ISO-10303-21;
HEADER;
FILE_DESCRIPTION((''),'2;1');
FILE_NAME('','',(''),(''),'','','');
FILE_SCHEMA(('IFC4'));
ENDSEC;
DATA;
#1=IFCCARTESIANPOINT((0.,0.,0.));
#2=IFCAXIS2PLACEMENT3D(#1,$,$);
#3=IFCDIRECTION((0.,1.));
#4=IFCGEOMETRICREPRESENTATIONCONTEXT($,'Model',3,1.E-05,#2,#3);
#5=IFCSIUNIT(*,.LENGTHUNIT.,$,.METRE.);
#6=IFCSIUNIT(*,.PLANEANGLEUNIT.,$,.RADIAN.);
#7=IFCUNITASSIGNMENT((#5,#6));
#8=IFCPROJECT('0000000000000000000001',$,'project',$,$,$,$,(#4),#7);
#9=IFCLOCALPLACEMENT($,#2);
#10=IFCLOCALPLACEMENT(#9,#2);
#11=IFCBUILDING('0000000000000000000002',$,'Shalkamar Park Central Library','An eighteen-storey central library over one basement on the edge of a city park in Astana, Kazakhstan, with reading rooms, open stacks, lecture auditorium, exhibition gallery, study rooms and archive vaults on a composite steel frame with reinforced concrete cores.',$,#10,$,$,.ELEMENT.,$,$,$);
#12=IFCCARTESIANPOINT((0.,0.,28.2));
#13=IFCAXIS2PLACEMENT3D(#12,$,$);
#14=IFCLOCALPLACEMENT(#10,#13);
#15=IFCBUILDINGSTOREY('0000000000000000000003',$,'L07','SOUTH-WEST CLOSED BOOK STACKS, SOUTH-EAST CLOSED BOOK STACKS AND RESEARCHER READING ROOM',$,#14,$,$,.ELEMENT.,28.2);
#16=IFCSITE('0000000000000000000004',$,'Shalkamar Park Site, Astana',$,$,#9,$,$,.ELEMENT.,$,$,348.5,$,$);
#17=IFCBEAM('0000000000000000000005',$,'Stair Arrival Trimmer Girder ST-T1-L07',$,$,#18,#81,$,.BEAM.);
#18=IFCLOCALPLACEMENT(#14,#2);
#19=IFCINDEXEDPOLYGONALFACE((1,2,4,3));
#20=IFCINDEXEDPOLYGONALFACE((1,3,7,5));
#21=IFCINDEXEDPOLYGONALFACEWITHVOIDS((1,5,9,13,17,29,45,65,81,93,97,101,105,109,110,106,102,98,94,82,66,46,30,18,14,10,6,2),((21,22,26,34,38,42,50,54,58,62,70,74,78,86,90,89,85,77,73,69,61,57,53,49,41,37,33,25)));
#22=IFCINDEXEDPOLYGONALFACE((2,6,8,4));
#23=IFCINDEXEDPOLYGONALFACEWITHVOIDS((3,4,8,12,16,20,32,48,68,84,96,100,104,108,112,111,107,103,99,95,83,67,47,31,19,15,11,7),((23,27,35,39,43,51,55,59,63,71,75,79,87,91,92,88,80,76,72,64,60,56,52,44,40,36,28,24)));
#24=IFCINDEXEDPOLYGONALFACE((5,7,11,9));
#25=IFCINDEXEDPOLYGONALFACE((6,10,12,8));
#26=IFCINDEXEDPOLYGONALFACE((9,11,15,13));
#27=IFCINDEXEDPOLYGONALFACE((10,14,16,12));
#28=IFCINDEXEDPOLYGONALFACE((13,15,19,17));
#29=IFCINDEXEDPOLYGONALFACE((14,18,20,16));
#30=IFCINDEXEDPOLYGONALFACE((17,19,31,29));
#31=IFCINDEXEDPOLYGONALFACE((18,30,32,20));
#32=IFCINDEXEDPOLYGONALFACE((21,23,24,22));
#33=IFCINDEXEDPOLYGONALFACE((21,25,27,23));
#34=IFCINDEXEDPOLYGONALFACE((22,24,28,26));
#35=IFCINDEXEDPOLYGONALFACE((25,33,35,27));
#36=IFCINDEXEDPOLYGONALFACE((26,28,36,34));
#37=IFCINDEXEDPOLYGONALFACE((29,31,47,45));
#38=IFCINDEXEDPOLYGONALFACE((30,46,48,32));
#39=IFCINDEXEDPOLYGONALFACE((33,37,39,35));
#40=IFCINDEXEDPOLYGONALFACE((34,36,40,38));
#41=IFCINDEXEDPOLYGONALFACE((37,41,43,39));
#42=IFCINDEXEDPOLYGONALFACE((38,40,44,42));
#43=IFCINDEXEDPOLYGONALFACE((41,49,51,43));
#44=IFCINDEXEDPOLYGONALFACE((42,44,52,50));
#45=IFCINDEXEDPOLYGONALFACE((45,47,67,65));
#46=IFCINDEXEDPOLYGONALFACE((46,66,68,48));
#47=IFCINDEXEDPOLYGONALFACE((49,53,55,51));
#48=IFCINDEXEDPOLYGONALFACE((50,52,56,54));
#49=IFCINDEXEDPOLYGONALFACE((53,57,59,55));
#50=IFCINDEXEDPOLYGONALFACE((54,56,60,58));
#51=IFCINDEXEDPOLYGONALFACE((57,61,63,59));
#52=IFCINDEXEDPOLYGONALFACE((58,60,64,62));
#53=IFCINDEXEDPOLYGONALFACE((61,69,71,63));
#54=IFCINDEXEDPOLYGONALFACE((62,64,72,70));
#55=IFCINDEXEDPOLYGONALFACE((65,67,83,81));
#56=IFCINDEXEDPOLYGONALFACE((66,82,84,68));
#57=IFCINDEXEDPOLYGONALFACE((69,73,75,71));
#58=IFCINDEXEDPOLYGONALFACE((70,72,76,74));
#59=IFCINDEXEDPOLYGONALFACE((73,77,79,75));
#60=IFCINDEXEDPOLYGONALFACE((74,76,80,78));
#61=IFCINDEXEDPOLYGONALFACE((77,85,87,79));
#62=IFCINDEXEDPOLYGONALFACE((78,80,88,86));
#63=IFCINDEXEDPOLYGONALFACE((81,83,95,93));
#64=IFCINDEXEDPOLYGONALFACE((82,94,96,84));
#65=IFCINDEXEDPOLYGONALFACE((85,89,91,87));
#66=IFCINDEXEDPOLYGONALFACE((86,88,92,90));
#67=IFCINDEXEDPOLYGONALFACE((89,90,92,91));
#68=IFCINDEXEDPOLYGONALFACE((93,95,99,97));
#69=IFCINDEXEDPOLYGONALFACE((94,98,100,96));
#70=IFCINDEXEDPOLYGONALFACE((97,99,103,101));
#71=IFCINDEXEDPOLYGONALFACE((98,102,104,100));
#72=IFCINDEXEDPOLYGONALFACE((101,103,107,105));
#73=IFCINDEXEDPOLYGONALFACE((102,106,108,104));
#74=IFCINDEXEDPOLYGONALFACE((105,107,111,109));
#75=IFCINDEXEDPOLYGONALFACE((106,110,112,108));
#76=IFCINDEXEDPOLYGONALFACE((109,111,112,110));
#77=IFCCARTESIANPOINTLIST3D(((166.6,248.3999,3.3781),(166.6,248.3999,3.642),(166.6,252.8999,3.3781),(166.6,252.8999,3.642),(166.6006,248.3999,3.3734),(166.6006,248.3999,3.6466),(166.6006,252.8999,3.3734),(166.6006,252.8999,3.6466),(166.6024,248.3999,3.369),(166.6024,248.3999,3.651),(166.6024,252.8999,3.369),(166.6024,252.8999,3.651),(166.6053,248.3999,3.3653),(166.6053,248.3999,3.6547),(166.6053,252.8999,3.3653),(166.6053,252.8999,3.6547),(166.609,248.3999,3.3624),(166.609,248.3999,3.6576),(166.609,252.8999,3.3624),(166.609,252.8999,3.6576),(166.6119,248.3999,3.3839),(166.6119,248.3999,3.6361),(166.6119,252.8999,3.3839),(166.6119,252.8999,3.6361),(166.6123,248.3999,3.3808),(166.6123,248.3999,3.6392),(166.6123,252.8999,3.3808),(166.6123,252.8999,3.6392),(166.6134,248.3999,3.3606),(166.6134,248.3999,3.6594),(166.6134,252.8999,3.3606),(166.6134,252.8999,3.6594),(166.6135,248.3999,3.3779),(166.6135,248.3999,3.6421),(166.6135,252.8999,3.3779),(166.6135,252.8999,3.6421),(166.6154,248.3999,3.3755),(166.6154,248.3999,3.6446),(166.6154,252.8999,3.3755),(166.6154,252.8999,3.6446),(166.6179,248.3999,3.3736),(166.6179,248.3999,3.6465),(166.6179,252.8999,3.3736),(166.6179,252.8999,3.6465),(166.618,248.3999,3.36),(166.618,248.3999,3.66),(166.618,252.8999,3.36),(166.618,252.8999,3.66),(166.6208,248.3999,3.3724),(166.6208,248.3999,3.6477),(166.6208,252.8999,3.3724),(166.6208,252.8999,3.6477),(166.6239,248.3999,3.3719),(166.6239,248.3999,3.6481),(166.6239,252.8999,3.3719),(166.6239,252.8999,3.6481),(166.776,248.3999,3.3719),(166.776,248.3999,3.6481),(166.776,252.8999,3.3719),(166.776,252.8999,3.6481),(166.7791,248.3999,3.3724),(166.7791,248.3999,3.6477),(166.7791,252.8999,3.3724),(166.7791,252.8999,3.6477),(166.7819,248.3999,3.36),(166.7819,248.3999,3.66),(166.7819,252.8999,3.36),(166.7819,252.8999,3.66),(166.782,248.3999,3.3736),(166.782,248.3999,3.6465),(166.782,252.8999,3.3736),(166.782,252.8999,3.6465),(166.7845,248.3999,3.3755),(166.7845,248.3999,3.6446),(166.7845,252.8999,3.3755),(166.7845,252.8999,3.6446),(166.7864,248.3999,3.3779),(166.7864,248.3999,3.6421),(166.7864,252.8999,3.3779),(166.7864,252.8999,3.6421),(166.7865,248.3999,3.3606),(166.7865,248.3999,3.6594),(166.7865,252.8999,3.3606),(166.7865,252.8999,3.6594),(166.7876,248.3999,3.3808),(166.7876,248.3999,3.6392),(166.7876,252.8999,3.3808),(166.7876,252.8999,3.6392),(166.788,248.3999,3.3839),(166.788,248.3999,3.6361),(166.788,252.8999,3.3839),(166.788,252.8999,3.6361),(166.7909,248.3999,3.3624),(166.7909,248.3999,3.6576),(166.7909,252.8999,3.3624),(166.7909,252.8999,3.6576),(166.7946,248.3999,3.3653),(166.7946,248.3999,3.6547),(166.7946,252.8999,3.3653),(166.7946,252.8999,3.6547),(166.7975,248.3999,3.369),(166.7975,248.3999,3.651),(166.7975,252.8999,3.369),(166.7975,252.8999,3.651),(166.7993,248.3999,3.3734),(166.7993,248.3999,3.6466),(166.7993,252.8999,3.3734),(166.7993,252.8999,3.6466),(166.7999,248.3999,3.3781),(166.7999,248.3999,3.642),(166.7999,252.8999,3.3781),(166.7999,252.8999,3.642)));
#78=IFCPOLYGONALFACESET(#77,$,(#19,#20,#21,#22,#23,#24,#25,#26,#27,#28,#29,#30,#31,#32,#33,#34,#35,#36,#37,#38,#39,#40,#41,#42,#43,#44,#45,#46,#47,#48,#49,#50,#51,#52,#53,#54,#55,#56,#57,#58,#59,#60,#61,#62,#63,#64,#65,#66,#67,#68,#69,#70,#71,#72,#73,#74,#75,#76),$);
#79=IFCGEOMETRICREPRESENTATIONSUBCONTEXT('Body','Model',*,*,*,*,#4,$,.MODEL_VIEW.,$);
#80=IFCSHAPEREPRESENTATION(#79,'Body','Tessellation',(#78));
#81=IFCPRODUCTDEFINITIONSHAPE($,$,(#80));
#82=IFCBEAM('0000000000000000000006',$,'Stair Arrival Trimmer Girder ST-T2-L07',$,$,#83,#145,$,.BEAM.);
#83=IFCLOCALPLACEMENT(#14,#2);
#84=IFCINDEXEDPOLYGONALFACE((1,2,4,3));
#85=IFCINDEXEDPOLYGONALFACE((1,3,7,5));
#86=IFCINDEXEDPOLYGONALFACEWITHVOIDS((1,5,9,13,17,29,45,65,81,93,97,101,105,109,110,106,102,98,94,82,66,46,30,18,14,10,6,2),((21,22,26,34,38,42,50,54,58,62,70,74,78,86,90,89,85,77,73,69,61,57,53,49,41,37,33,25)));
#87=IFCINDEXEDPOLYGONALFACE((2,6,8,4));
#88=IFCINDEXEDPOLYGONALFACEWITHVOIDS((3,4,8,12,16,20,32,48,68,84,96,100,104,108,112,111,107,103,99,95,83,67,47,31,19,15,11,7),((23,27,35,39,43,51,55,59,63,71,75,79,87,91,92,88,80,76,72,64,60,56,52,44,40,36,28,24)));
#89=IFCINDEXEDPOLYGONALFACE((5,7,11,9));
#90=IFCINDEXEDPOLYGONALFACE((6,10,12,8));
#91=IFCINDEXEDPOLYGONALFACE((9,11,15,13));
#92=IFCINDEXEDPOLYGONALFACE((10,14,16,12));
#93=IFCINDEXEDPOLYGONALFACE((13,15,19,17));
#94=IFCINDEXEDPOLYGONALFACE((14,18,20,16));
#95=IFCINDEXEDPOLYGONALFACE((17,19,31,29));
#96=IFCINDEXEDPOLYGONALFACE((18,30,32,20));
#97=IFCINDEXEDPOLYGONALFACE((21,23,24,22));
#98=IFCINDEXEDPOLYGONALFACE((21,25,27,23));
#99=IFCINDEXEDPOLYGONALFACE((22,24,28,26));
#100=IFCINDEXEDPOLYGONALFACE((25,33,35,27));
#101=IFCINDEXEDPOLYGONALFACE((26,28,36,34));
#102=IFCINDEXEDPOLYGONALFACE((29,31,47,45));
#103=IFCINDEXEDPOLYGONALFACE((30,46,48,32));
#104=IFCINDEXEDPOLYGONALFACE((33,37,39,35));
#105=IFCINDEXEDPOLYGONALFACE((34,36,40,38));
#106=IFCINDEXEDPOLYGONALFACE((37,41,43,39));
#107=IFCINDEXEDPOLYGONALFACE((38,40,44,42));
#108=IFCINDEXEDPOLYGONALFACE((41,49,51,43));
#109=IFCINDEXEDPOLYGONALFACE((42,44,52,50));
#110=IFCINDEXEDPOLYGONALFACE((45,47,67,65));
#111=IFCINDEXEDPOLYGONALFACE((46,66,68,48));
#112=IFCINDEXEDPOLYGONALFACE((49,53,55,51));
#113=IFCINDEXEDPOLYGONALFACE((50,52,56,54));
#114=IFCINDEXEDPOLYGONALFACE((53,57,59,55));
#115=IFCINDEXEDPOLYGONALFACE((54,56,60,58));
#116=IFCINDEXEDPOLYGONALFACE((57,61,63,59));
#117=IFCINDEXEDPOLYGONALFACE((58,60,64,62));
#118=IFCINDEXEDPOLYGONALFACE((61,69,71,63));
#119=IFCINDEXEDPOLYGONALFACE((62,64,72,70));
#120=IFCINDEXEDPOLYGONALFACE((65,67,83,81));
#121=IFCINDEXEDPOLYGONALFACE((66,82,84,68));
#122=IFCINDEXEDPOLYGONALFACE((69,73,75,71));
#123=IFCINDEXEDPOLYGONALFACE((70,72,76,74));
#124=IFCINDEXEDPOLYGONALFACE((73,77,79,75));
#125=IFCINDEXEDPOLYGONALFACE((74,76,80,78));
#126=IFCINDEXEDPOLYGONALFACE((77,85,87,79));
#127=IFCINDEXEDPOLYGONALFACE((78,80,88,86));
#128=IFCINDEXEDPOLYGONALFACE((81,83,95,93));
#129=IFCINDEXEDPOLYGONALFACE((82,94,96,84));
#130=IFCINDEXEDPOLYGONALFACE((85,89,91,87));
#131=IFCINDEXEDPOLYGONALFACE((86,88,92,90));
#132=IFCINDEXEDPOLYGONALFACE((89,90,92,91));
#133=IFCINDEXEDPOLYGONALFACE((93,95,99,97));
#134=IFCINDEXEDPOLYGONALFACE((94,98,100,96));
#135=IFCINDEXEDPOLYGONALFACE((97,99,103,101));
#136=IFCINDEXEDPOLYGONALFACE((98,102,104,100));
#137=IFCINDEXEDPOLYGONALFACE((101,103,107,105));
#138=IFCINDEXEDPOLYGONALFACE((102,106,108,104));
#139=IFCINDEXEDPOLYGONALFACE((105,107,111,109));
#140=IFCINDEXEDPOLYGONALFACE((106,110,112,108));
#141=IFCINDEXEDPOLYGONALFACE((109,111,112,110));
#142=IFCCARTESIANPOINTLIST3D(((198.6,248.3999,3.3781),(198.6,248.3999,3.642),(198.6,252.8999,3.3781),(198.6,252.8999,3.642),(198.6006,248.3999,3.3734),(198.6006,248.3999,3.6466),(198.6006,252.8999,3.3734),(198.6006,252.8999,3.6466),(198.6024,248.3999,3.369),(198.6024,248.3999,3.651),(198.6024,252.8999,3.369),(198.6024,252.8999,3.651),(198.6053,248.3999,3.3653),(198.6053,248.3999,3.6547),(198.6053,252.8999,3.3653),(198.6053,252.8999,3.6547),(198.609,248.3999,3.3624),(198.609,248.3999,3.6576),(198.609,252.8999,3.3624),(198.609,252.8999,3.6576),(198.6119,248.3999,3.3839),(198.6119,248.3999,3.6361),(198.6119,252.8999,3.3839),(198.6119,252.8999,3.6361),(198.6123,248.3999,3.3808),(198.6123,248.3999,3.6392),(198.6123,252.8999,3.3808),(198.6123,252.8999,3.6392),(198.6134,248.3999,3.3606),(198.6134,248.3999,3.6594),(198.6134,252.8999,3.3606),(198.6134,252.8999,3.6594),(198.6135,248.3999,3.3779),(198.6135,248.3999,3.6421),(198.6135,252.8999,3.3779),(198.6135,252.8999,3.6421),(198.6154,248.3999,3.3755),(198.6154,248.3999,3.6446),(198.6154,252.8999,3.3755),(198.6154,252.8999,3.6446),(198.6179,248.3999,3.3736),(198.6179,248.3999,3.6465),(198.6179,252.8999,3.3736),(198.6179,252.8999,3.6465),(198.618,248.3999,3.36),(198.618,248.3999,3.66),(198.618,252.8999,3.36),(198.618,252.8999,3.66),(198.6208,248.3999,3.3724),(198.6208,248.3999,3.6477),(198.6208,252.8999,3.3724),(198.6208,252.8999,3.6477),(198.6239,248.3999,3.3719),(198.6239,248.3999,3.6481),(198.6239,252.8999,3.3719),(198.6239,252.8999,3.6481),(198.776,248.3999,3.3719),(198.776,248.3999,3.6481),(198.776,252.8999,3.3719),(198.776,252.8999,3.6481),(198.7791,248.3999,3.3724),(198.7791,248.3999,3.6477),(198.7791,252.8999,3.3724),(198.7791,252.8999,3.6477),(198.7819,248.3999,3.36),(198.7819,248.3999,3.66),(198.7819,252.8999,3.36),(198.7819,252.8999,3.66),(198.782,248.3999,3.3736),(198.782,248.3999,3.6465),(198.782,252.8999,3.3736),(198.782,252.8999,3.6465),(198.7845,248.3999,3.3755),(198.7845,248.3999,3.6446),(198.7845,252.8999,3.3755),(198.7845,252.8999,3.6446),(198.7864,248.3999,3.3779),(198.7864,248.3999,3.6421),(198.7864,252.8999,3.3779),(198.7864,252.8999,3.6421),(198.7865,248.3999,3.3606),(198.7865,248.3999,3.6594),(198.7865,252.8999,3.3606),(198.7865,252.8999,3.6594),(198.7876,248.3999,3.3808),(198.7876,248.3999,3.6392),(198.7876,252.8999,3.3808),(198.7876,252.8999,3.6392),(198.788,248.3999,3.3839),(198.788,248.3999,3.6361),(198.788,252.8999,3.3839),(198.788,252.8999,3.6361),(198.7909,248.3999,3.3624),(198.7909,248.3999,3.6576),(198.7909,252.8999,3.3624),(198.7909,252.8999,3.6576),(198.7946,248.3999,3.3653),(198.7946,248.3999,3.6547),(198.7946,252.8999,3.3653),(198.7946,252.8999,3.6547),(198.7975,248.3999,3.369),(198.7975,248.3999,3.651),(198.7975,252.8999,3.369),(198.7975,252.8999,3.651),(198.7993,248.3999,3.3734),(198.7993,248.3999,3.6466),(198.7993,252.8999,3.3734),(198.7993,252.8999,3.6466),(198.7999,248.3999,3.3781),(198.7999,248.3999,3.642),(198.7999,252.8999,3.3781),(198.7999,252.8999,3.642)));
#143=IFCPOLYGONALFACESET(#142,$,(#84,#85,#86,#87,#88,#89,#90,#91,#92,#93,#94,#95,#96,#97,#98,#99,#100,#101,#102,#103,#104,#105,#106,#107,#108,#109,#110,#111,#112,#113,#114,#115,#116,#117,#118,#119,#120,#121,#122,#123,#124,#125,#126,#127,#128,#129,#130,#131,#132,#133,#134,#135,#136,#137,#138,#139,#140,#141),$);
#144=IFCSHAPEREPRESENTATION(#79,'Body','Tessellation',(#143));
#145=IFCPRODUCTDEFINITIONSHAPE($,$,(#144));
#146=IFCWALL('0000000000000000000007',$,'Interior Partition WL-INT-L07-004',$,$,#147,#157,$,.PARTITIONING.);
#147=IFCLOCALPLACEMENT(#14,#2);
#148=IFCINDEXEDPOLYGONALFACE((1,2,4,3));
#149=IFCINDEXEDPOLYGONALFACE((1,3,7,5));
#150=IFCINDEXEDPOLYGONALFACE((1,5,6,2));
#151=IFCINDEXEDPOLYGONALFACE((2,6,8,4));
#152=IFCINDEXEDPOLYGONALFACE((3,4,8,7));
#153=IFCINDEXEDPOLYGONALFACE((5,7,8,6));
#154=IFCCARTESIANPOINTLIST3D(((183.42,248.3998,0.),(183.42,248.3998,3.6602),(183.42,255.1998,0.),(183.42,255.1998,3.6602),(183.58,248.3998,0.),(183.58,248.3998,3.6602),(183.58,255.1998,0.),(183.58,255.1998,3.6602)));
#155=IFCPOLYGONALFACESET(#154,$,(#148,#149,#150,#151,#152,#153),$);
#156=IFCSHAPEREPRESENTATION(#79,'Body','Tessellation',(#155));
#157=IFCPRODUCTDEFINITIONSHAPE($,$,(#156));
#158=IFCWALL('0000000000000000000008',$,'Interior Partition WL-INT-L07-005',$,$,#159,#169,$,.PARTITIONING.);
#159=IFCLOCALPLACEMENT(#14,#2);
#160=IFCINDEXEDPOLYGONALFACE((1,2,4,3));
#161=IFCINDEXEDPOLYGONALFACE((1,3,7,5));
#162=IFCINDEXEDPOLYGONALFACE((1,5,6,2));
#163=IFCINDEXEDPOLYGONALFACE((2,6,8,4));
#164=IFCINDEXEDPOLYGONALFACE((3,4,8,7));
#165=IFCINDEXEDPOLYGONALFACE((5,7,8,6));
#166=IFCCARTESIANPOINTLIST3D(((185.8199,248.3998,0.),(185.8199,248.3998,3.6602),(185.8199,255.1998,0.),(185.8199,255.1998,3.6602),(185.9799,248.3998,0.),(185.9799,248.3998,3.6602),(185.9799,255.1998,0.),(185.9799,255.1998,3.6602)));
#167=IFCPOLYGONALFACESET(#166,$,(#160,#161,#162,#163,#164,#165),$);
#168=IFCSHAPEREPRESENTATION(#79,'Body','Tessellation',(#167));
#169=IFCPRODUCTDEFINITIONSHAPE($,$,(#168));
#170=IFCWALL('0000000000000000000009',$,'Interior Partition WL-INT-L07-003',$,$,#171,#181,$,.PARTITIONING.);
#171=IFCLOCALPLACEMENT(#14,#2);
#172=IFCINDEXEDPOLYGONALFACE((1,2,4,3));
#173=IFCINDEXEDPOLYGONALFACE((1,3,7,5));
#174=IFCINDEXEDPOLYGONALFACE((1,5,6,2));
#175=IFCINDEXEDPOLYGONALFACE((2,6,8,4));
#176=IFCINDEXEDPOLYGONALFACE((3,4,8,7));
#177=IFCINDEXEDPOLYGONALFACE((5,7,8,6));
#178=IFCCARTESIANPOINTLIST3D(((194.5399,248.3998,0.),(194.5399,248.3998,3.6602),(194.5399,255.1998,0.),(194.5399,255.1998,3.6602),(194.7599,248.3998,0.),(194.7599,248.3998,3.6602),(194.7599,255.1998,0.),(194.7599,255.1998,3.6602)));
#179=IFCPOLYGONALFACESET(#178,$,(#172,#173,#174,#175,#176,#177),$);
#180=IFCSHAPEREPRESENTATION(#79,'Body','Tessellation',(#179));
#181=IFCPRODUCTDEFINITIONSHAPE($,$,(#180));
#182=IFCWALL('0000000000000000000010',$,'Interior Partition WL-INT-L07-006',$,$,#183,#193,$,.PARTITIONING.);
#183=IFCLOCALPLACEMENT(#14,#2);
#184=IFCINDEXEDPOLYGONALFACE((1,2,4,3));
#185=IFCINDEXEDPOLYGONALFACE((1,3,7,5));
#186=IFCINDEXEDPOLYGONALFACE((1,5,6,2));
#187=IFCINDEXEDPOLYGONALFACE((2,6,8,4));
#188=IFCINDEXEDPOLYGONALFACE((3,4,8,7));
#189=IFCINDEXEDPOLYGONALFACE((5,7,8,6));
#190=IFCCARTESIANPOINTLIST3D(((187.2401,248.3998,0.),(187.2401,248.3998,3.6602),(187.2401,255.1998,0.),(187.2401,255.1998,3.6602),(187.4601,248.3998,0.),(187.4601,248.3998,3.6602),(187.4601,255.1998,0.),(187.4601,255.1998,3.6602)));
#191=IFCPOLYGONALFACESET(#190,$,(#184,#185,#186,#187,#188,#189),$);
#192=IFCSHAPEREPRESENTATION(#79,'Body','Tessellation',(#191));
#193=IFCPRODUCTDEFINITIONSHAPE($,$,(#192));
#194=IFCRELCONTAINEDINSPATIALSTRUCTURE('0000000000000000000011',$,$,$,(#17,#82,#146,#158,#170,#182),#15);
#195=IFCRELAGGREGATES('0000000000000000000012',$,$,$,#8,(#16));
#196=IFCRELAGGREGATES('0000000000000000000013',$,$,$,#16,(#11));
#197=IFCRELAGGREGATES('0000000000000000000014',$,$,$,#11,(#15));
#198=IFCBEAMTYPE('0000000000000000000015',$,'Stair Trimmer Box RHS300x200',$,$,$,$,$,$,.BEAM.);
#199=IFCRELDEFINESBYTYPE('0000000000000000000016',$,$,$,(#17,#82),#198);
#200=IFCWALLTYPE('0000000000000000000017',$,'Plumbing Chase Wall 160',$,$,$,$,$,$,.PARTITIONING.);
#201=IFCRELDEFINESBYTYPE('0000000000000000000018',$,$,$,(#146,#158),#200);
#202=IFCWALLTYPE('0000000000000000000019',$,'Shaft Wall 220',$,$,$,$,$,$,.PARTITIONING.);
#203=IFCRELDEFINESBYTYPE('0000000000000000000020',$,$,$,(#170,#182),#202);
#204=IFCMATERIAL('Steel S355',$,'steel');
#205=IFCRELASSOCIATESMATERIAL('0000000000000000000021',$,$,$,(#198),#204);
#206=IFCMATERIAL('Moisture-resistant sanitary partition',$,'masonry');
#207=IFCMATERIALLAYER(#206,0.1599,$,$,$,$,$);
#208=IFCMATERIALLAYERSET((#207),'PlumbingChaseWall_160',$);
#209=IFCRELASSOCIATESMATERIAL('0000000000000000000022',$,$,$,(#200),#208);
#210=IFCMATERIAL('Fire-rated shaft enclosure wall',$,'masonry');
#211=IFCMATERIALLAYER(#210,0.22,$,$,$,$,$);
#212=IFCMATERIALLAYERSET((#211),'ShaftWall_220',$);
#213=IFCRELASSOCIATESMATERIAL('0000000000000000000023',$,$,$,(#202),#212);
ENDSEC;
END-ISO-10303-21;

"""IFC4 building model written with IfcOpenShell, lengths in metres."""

from ifc_helpers import new_model, si_unit, direction, frame, frame_2d, origin, origin_2d, place, context, subcontext, project, spatial, rectangle, hollow_rectangle, extrude, material, layer, layer_set, material_profile, profile_set, type_object, element, save


model = new_model("IFC4")

# Units and contexts
model_context = context("Model", 3, precision=1e-05, world=origin(), true_north=direction((0.0, 1.0)))
body_context = subcontext(model_context, "Body", "Model", "MODEL_VIEW")
ifc_project = project(units=[si_unit("LENGTHUNIT", "METRE"), si_unit("PLANEANGLEUNIT", "RADIAN")], contexts=[model_context])

# Site, building, storey
site_placement = place(None, origin())
site = spatial("IfcSite", under=ifc_project, at=site_placement, Name="Shalkamar Park Site, Astana", CompositionType="ELEMENT", RefElevation=348.5)
building_placement = place(site_placement, origin())
building = spatial("IfcBuilding", under=site, at=building_placement, Name="Shalkamar Park Central Library", Description="An eighteen-storey central library over one basement on the edge of a city park in Astana, Kazakhstan, with reading rooms, open stacks, lecture auditorium, exhibition gallery, study rooms and archive vaults on a composite steel frame with reinforced concrete cores.", CompositionType="ELEMENT")
storey_placement = place(building_placement, frame((0.0, 0.0, 28.2)))
storey = spatial("IfcBuildingStorey", under=building, at=storey_placement, Name="L07", Description="SOUTH-WEST CLOSED BOOK STACKS, SOUTH-EAST CLOSED BOOK STACKS AND RESEARCHER READING ROOM", CompositionType="ELEMENT", Elevation=28.2)

# Shared definitions
ifc_material_1 = material(Name="Steel S355", Category="steel")

# Beams
ifc_material_profile_1 = material_profile(ifc_material_1, hollow_rectangle(XDim=0.2, YDim=0.3, WallThickness=0.012, InnerFilletRadius=0.012, OuterFilletRadius=0.0181, at=origin_2d()), Name="RHS 300x200x12")
ifc_profile_set_1 = profile_set([ifc_material_profile_1], Name="Steel S355")
beam_type_1 = type_object("IfcBeamType", Name="Stair Trimmer Box RHS300x200", PredefinedType="BEAM", material=ifc_profile_set_1)
for number, where, z_axis, x_axis, name in (
    (1, (166.7, 248.3999, 3.51), (0.0, 1.0, 0.0), (-1.0, 0.0, 0.0), "Stair Arrival Trimmer Girder ST-T1-L07"),
    (2, (198.7, 248.3999, 3.51), (0.0, 1.0, 0.0), (-1.0, 0.0, 0.0), "Stair Arrival Trimmer Girder ST-T2-L07"),
):
    element("IfcBeam", number, at=place(storey_placement, frame(where, z_axis=z_axis, x_axis=x_axis)), inside=storey, type_object=beam_type_1, Name=name, PredefinedType="BEAM", context=body_context, shape_type="SweptSolid", body=[
        extrude(hollow_rectangle(XDim=0.2, YDim=0.3, WallThickness=0.012, InnerFilletRadius=0.012, OuterFilletRadius=0.0181, at=origin_2d()), origin(), (0.0, 0.0, 1.0), 4.5),
    ])

# Walls
ifc_material_2 = material(Name="Moisture-resistant sanitary partition", Category="masonry")
ifc_layer_1 = layer(ifc_material_2, 0.1599)
ifc_layer_set_1 = layer_set([ifc_layer_1], Name="PlumbingChaseWall_160")
wall_type_1 = type_object("IfcWallType", Name="Plumbing Chase Wall 160", PredefinedType="PARTITIONING", material=ifc_layer_set_1)
for number, where, z_axis, x_axis, name in (
    (3, (183.5, 248.3999, 0.0), (0.0, 0.0, 1.0), (0.0, 1.0, 0.0), "Interior Partition WL-INT-L07-004"),
    (4, (185.8999, 248.3999, 0.0), (0.0, 0.0, 1.0), (0.0, 1.0, 0.0), "Interior Partition WL-INT-L07-005"),
):
    element("IfcWall", number, at=place(storey_placement, frame(where, z_axis=z_axis, x_axis=x_axis)), inside=storey, type_object=wall_type_1, Name=name, PredefinedType="PARTITIONING", context=body_context, shape_type="SweptSolid", body=[
        extrude(rectangle(XDim=6.8, YDim=0.1599, at=frame_2d((3.3999, 0.0))), origin(), (0.0, 0.0, 1.0), 3.6602),
    ])
ifc_material_3 = material(Name="Fire-rated shaft enclosure wall", Category="masonry")
ifc_layer_2 = layer(ifc_material_3, 0.22)
ifc_layer_set_2 = layer_set([ifc_layer_2], Name="ShaftWall_220")
wall_type_2 = type_object("IfcWallType", Name="Shaft Wall 220", PredefinedType="PARTITIONING", material=ifc_layer_set_2)
for number, where, z_axis, x_axis, name in (
    (5, (194.6499, 248.3999, 0.0), (0.0, 0.0, 1.0), (0.0, 1.0, 0.0), "Interior Partition WL-INT-L07-003"),
    (6, (187.3501, 248.3999, 0.0), (0.0, 0.0, 1.0), (0.0, 1.0, 0.0), "Interior Partition WL-INT-L07-006"),
):
    element("IfcWall", number, at=place(storey_placement, frame(where, z_axis=z_axis, x_axis=x_axis)), inside=storey, type_object=wall_type_2, Name=name, PredefinedType="PARTITIONING", context=body_context, shape_type="SweptSolid", body=[
        extrude(rectangle(XDim=6.8, YDim=0.22, at=frame_2d((3.3999, 0.0))), origin(), (0.0, 0.0, 1.0), 3.6602),
    ])

save(model, "model.ifc")
